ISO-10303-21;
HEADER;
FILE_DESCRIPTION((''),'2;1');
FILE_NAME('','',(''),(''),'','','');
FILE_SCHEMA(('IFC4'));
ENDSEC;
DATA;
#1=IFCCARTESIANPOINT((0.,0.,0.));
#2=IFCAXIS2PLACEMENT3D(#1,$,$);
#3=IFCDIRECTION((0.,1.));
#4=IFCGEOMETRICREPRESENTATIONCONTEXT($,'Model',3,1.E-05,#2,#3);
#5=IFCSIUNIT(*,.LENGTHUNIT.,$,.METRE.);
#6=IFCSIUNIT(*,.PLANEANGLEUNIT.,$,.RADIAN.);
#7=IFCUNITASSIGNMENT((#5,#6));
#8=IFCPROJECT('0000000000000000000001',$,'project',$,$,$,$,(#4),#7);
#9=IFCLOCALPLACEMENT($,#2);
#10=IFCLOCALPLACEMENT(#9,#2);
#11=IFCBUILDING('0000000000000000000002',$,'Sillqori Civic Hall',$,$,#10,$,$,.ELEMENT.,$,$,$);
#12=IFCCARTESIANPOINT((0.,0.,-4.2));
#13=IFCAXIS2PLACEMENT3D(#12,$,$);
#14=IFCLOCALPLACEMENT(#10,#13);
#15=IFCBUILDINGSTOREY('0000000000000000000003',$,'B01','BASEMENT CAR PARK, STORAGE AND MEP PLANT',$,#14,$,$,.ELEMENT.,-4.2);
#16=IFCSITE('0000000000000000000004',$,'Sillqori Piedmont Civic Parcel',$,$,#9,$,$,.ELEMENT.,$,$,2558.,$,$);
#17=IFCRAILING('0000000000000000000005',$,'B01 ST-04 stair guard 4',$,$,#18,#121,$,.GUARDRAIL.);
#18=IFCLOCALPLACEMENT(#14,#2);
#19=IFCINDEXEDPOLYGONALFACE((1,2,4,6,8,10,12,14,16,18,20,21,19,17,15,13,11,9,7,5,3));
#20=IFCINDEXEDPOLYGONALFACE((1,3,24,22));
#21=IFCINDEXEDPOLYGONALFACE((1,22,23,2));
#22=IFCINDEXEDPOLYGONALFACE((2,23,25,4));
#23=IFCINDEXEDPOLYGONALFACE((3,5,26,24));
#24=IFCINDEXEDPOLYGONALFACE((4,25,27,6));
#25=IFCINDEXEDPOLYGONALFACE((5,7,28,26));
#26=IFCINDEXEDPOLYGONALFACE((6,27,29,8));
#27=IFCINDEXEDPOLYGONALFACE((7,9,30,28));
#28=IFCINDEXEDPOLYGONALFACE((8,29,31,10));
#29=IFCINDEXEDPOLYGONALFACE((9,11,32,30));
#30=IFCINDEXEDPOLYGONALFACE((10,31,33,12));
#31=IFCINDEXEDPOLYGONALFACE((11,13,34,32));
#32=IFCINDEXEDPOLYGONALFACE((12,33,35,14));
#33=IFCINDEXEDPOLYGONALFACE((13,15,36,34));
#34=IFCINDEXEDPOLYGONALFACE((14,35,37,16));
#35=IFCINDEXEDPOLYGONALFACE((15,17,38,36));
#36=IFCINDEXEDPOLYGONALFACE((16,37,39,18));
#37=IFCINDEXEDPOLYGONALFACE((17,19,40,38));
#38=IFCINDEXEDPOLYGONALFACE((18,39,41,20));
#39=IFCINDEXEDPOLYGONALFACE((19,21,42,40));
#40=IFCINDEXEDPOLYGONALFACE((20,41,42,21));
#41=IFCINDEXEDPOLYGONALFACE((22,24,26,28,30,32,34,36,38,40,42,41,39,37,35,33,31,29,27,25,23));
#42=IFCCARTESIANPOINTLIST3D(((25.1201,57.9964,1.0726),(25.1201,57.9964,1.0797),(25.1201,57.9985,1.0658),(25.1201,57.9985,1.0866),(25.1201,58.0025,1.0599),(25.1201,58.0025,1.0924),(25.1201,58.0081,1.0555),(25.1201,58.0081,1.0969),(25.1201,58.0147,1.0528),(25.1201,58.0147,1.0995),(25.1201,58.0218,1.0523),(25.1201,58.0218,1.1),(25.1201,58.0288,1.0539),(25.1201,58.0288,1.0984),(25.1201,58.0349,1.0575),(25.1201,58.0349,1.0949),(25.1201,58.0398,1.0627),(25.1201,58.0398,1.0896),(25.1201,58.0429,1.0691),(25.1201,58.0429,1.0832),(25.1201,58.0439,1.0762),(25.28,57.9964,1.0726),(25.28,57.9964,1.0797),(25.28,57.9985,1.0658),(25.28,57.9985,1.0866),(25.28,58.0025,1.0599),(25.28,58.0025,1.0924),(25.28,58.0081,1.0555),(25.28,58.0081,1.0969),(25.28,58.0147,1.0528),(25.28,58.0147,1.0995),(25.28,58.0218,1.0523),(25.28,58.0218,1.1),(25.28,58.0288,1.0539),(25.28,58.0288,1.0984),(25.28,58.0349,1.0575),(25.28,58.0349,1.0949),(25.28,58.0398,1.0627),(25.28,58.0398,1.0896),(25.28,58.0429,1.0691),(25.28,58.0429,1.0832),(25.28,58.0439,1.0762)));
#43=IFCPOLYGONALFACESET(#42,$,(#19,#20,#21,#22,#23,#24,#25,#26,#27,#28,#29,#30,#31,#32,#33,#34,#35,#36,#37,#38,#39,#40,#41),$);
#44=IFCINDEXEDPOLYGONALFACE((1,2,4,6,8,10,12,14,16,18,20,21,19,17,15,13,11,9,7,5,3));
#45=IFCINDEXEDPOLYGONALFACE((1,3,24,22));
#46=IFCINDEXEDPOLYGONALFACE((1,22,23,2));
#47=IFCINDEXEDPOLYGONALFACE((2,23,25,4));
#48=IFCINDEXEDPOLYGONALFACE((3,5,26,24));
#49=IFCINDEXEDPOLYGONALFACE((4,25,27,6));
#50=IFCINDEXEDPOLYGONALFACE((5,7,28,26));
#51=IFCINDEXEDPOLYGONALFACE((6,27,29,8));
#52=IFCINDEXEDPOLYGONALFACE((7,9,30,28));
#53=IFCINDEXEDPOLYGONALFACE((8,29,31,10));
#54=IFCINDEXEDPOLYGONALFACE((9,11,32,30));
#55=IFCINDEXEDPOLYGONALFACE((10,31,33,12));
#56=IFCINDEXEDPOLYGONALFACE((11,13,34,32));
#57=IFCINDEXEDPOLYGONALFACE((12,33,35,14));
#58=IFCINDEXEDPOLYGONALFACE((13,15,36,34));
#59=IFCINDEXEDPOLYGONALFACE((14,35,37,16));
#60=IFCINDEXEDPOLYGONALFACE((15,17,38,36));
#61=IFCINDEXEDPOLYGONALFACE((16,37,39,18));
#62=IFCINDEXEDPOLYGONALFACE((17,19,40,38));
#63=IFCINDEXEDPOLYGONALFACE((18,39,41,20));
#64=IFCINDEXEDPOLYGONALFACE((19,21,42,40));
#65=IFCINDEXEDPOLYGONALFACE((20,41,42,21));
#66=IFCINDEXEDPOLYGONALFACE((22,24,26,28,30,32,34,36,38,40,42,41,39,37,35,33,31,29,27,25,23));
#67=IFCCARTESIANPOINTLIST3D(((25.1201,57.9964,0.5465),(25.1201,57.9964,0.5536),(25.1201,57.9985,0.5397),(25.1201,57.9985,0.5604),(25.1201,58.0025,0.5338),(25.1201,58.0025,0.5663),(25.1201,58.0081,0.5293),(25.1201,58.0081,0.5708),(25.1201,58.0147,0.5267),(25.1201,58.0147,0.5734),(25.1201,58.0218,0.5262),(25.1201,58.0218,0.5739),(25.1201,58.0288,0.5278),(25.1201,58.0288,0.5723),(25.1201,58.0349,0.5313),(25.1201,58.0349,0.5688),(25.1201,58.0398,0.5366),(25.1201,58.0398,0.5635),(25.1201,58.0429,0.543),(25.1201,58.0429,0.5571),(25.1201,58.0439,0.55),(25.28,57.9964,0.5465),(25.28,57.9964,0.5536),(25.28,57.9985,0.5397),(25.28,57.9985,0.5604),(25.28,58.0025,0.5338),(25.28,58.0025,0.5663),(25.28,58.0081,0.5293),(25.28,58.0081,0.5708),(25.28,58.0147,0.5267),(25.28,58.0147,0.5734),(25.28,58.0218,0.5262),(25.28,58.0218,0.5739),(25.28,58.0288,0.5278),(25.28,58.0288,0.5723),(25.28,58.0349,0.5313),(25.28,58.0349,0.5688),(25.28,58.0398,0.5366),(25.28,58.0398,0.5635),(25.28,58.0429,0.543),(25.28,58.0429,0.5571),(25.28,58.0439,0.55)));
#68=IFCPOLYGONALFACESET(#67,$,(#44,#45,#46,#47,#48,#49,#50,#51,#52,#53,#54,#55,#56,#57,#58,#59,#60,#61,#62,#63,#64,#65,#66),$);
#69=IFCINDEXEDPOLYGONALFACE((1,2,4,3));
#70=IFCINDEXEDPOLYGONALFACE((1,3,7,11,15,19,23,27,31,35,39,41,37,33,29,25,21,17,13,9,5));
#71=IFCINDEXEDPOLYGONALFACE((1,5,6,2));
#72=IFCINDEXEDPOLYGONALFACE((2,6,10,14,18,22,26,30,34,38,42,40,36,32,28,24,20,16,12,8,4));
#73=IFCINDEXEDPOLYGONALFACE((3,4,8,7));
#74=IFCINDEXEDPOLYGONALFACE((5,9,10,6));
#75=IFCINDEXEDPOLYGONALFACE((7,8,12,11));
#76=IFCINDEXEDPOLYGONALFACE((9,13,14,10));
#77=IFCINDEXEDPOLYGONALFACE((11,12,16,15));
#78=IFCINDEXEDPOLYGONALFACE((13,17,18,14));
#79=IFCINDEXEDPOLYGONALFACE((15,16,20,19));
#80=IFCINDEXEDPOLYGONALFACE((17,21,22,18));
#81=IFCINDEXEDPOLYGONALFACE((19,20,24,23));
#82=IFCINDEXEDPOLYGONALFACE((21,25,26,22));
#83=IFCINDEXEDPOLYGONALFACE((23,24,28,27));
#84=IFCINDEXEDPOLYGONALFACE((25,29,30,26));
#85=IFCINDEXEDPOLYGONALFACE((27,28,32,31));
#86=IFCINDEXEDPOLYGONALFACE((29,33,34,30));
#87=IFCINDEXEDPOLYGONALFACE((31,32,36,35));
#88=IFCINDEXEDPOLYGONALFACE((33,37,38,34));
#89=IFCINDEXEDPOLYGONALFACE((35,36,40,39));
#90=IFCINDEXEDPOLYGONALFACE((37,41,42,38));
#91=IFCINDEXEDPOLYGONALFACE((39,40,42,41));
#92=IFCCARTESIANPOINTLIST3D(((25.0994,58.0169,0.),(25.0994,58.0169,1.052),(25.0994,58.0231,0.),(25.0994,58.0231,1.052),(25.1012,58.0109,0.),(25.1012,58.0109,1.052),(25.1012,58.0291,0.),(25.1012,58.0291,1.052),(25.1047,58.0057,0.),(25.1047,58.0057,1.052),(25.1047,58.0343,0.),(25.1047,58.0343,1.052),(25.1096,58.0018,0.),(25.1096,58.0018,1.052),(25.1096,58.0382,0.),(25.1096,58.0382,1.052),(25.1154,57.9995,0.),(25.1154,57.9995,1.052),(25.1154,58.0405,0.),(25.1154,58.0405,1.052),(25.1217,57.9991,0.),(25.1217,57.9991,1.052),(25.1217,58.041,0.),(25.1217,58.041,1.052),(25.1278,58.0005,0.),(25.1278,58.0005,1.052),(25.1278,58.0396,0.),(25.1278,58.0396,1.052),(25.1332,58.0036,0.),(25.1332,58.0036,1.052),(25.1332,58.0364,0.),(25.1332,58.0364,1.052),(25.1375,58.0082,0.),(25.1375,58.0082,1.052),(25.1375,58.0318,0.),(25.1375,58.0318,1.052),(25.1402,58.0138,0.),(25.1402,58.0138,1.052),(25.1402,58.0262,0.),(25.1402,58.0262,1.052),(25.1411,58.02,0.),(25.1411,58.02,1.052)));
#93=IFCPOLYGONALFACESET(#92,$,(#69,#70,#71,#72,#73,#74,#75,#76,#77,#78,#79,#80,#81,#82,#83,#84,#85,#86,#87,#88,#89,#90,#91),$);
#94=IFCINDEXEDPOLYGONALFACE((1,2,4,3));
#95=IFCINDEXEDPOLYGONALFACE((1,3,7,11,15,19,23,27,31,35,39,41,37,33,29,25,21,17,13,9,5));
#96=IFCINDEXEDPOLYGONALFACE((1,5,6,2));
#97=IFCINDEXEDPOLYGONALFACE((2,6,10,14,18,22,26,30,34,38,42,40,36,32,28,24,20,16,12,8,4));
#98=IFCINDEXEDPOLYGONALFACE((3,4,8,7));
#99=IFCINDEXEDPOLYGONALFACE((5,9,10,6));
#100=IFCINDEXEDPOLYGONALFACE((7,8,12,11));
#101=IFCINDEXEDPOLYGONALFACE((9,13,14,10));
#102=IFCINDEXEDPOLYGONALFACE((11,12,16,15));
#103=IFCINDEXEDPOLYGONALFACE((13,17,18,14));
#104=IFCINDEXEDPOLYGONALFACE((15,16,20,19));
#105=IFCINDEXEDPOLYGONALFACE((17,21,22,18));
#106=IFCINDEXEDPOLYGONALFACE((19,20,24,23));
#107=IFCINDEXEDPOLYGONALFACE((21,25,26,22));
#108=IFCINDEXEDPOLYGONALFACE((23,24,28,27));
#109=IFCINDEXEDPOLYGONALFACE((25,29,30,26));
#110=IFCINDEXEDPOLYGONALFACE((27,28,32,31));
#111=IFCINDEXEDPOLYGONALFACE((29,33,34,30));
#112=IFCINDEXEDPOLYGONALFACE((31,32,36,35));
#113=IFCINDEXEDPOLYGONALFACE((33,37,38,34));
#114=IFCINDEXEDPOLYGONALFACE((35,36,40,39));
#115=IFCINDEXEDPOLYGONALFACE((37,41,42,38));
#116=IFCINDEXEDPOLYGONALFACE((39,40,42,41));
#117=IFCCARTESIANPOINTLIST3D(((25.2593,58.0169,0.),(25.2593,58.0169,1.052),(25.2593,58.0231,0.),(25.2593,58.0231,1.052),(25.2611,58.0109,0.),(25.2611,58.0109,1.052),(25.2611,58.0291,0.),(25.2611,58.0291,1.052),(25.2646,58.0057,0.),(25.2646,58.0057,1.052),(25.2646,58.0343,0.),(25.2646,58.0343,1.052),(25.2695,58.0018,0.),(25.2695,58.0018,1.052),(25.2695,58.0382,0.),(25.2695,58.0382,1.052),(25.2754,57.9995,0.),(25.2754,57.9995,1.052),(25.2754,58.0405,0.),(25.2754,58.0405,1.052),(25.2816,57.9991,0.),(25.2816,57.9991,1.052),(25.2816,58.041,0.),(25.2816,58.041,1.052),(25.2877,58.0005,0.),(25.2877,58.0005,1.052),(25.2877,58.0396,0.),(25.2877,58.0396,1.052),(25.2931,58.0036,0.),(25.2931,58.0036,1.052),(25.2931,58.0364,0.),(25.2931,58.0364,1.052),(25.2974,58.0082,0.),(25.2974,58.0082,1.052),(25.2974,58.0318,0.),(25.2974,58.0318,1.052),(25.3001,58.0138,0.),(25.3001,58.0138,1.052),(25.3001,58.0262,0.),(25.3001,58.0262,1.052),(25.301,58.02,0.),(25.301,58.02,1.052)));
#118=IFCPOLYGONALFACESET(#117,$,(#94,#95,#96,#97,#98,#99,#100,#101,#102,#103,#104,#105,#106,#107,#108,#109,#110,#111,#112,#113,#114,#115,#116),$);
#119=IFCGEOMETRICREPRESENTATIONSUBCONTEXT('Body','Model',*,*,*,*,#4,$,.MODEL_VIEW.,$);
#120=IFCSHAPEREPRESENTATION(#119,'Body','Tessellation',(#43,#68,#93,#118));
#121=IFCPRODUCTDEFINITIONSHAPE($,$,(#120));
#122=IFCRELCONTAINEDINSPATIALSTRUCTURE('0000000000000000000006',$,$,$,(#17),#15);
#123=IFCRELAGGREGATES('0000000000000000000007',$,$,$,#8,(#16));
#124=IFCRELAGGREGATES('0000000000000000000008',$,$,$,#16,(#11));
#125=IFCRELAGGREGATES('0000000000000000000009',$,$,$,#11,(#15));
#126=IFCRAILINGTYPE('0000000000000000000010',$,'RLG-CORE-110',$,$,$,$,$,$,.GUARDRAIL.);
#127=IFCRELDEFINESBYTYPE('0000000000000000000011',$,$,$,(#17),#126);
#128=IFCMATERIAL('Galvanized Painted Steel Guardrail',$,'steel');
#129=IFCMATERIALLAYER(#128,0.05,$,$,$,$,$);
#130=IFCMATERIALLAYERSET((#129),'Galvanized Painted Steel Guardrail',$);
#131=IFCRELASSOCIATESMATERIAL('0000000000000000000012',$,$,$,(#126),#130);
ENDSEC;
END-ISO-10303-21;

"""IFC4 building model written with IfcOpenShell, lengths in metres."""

from ifc_helpers import new_model, si_unit, direction, frame, origin, origin_2d, place, context, subcontext, project, spatial, circle, extrude, material, layer, layer_set, type_object, element, save


model = new_model("IFC4")

# Units and contexts
model_context = context("Model", 3, precision=1e-05, world=origin(), true_north=direction((0.0, 1.0)))
body_context = subcontext(model_context, "Body", "Model", "MODEL_VIEW")
ifc_project = project(units=[si_unit("LENGTHUNIT", "METRE"), si_unit("PLANEANGLEUNIT", "RADIAN")], contexts=[model_context])

# Site, building, storey
site_placement = place(None, origin())
site = spatial("IfcSite", under=ifc_project, at=site_placement, Name="Sillqori Piedmont Civic Parcel", CompositionType="ELEMENT", RefElevation=2558.0)
building_placement = place(site_placement, origin())
building = spatial("IfcBuilding", under=site, at=building_placement, Name="Sillqori Civic Hall", CompositionType="ELEMENT")
storey_placement = place(building_placement, frame((0.0, 0.0, -4.2)))
storey = spatial("IfcBuildingStorey", under=building, at=storey_placement, Name="B01", Description="BASEMENT CAR PARK, STORAGE AND MEP PLANT", CompositionType="ELEMENT", Elevation=-4.2)

# Railing
ifc_material_1 = material(Name="Galvanized Painted Steel Guardrail", Category="steel")
ifc_layer_1 = layer(ifc_material_1, 0.05)
ifc_layer_set_1 = layer_set([ifc_layer_1], Name="Galvanized Painted Steel Guardrail")
railing_type_1 = type_object("IfcRailingType", Name="RLG-CORE-110", PredefinedType="GUARDRAIL", material=ifc_layer_set_1)
railing_1_placement = place(storey_placement, frame((25.1201, 58.02, 0.0)))
element("IfcRailing", 1, at=railing_1_placement, inside=storey, type_object=railing_type_1, Name="B01 ST-04 stair guard 4", PredefinedType="GUARDRAIL", context=body_context, shape_type="SweptSolid", body=[
    extrude(circle(Radius=0.0239, at=origin_2d()), frame((0.0, 0.0, 1.0762), z_axis=(1.0, 0.0, 0.0), x_axis=(0.0, 1.0, 0.0)), (0.0, 0.0, 1.0), 0.1599),
    extrude(circle(Radius=0.0239, at=origin_2d()), frame((0.0, 0.0, 0.55), z_axis=(1.0, 0.0, 0.0), x_axis=(0.0, 1.0, 0.0)), (0.0, 0.0, 1.0), 0.1599),
    extrude(circle(Radius=0.021, at=origin_2d()), origin(), (0.0, 0.0, 1.0), 1.052),
    extrude(circle(Radius=0.021, at=origin_2d()), frame((0.1599, 0.0, 0.0)), (0.0, 0.0, 1.0), 1.052),
])

save(model, "model.ifc")
